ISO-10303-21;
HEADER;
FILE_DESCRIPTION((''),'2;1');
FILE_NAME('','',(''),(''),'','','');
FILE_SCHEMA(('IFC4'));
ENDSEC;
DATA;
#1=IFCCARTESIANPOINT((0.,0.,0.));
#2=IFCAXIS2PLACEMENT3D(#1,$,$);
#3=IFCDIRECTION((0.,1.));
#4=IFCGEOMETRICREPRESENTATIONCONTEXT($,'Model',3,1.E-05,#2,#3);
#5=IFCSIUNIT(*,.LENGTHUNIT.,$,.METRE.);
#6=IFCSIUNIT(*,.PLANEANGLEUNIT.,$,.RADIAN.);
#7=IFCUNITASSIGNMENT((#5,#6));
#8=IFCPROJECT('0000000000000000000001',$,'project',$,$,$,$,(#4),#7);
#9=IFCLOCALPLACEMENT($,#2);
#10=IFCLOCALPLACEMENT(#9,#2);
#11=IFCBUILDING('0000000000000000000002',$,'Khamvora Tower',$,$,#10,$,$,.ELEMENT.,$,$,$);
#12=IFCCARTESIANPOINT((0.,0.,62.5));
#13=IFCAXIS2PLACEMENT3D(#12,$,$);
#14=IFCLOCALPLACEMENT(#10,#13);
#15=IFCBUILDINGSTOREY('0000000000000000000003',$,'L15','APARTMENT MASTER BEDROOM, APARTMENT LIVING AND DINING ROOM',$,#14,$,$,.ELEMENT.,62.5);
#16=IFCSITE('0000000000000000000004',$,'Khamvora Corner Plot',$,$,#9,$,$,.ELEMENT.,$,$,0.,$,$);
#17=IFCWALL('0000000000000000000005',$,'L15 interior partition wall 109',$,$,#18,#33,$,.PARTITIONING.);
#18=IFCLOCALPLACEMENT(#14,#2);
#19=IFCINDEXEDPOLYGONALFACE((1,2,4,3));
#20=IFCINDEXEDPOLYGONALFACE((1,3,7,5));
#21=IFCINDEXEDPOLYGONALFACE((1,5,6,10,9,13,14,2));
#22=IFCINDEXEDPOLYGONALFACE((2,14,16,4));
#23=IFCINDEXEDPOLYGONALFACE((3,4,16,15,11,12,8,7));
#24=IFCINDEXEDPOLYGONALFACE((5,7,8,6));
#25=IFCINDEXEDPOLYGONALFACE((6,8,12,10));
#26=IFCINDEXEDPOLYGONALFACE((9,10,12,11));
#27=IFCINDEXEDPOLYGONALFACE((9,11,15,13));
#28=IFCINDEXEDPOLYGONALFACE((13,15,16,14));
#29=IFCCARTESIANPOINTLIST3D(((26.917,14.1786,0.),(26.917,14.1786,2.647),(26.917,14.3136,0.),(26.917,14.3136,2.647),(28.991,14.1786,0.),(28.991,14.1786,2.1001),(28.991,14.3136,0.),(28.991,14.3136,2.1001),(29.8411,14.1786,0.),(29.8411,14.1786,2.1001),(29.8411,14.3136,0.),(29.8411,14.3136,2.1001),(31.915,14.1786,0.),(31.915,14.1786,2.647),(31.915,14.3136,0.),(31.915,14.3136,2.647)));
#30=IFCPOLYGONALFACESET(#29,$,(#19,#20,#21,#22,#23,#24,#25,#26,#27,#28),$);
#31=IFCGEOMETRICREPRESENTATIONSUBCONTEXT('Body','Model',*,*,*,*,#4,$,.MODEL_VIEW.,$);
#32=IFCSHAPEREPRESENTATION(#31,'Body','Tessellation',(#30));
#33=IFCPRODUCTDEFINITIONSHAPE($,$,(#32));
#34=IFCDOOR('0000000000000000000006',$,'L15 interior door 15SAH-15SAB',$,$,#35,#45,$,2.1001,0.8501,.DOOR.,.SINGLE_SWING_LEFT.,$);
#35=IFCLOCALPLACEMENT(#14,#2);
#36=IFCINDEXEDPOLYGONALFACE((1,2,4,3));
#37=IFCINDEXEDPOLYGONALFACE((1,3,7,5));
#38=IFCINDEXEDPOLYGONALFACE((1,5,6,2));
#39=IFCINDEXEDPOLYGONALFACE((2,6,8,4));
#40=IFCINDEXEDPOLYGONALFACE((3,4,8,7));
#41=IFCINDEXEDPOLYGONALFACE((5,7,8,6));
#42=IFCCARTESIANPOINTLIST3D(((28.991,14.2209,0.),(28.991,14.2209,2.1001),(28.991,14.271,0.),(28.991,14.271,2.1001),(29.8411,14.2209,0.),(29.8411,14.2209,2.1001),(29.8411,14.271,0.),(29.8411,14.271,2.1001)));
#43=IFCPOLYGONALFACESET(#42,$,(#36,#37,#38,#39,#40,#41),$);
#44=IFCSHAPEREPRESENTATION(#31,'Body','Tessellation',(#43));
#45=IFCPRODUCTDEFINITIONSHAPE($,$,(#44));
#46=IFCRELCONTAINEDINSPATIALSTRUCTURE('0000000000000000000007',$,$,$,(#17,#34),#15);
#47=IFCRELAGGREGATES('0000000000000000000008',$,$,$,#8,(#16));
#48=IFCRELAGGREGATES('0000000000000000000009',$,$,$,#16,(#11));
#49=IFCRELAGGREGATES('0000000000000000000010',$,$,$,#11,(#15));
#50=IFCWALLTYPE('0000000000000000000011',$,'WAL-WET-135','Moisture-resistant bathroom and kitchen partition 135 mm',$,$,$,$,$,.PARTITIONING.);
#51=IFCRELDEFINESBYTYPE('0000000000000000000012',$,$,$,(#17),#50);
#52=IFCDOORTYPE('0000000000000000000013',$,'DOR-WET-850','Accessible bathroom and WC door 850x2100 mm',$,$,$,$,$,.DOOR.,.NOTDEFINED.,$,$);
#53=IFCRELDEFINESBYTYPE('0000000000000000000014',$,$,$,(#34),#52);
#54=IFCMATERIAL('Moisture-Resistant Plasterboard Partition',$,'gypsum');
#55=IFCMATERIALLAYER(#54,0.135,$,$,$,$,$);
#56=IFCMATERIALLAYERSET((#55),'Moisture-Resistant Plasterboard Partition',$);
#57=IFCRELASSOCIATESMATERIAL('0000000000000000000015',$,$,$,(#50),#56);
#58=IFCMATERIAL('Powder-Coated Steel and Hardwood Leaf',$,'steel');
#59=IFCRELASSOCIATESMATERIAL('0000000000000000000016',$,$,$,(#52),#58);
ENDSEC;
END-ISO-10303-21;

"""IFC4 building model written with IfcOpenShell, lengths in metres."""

from ifc_helpers import new_model, si_unit, direction, frame, frame_2d, origin, place, context, subcontext, project, spatial, rectangle, extrude, material, layer, layer_set, type_object, element, fill, save


model = new_model("IFC4")

# Units and contexts
model_context = context("Model", 3, precision=1e-05, world=origin(), true_north=direction((0.0, 1.0)))
body_context = subcontext(model_context, "Body", "Model", "MODEL_VIEW")
ifc_project = project(units=[si_unit("LENGTHUNIT", "METRE"), si_unit("PLANEANGLEUNIT", "RADIAN")], contexts=[model_context])

# Site, building, storey
site_placement = place(None, origin())
site = spatial("IfcSite", under=ifc_project, at=site_placement, Name="Khamvora Corner Plot", CompositionType="ELEMENT", RefElevation=0.0)
building_placement = place(site_placement, origin())
building = spatial("IfcBuilding", under=site, at=building_placement, Name="Khamvora Tower", CompositionType="ELEMENT")
storey_placement = place(building_placement, frame((0.0, 0.0, 62.5)))
storey = spatial("IfcBuildingStorey", under=building, at=storey_placement, Name="L15", Description="APARTMENT MASTER BEDROOM, APARTMENT LIVING AND DINING ROOM", CompositionType="ELEMENT", Elevation=62.5)

# Shared definitions
ifc_material_1 = material(Name="Powder-Coated Steel and Hardwood Leaf", Category="steel")

# Shared definitions
ifc_material_2 = material(Name="Moisture-Resistant Plasterboard Partition", Category="gypsum")
ifc_layer_1 = layer(ifc_material_2, 0.135)
ifc_layer_set_1 = layer_set([ifc_layer_1], Name="Moisture-Resistant Plasterboard Partition")
wall_type_1 = type_object("IfcWallType", Name="WAL-WET-135", Description="Moisture-resistant bathroom and kitchen partition 135 mm", PredefinedType="PARTITIONING", material=ifc_layer_set_1)

# Wall, opening, door
wall_1_placement = place(storey_placement, frame((26.917, 14.2461, 0.0), z_axis=(0.0, 0.0, 1.0), x_axis=(1.0, 0.0, 0.0)))
wall_1 = element("IfcWall", 1, at=wall_1_placement, inside=storey, type_object=wall_type_1, Name="L15 interior partition wall 109", PredefinedType="PARTITIONING", context=body_context, shape_type="SweptSolid", body=[
    extrude(rectangle(XDim=4.998, YDim=0.135, at=frame_2d((2.499, 0.0))), origin(), (0.0, 0.0, 1.0), 2.647),
])
opening_1_placement = place(wall_1_placement, frame((2.074, 0.0, 0.0)))
opening_1 = element("IfcOpeningElement", 2, at=opening_1_placement, cuts=wall_1, PredefinedType="OPENING", context=body_context, shape_type="SweptSolid", body=[
    extrude(rectangle(XDim=0.8501, YDim=2.1001, at=frame_2d((0.425, 1.05))), frame((0.0, 0.0774, 0.0), z_axis=(0.0, -1.0, 0.0), x_axis=(1.0, 0.0, 0.0)), (0.0, 0.0, 1.0), 0.155),
])
door_type_1 = type_object("IfcDoorType", Name="DOR-WET-850", Description="Accessible bathroom and WC door 850x2100 mm", OperationType="NOTDEFINED", PredefinedType="DOOR", material=ifc_material_1)
door_1_placement = place(opening_1_placement, origin())
door_1 = element("IfcDoor", 3, at=door_1_placement, inside=storey, type_object=door_type_1, Name="L15 interior door 15SAH-15SAB", OperationType="SINGLE_SWING_LEFT", OverallHeight=2.1001, OverallWidth=0.8501, PredefinedType="DOOR", context=body_context, shape_type="SweptSolid", body=[
    extrude(rectangle(XDim=0.8501, YDim=2.1001, at=frame_2d((0.425, 1.05))), frame((0.0, 0.0249, 0.0), z_axis=(0.0, -1.0, 0.0), x_axis=(1.0, 0.0, 0.0)), (0.0, 0.0, 1.0), 0.05),
])
fill(opening_1, door_1)

save(model, "model.ifc")
